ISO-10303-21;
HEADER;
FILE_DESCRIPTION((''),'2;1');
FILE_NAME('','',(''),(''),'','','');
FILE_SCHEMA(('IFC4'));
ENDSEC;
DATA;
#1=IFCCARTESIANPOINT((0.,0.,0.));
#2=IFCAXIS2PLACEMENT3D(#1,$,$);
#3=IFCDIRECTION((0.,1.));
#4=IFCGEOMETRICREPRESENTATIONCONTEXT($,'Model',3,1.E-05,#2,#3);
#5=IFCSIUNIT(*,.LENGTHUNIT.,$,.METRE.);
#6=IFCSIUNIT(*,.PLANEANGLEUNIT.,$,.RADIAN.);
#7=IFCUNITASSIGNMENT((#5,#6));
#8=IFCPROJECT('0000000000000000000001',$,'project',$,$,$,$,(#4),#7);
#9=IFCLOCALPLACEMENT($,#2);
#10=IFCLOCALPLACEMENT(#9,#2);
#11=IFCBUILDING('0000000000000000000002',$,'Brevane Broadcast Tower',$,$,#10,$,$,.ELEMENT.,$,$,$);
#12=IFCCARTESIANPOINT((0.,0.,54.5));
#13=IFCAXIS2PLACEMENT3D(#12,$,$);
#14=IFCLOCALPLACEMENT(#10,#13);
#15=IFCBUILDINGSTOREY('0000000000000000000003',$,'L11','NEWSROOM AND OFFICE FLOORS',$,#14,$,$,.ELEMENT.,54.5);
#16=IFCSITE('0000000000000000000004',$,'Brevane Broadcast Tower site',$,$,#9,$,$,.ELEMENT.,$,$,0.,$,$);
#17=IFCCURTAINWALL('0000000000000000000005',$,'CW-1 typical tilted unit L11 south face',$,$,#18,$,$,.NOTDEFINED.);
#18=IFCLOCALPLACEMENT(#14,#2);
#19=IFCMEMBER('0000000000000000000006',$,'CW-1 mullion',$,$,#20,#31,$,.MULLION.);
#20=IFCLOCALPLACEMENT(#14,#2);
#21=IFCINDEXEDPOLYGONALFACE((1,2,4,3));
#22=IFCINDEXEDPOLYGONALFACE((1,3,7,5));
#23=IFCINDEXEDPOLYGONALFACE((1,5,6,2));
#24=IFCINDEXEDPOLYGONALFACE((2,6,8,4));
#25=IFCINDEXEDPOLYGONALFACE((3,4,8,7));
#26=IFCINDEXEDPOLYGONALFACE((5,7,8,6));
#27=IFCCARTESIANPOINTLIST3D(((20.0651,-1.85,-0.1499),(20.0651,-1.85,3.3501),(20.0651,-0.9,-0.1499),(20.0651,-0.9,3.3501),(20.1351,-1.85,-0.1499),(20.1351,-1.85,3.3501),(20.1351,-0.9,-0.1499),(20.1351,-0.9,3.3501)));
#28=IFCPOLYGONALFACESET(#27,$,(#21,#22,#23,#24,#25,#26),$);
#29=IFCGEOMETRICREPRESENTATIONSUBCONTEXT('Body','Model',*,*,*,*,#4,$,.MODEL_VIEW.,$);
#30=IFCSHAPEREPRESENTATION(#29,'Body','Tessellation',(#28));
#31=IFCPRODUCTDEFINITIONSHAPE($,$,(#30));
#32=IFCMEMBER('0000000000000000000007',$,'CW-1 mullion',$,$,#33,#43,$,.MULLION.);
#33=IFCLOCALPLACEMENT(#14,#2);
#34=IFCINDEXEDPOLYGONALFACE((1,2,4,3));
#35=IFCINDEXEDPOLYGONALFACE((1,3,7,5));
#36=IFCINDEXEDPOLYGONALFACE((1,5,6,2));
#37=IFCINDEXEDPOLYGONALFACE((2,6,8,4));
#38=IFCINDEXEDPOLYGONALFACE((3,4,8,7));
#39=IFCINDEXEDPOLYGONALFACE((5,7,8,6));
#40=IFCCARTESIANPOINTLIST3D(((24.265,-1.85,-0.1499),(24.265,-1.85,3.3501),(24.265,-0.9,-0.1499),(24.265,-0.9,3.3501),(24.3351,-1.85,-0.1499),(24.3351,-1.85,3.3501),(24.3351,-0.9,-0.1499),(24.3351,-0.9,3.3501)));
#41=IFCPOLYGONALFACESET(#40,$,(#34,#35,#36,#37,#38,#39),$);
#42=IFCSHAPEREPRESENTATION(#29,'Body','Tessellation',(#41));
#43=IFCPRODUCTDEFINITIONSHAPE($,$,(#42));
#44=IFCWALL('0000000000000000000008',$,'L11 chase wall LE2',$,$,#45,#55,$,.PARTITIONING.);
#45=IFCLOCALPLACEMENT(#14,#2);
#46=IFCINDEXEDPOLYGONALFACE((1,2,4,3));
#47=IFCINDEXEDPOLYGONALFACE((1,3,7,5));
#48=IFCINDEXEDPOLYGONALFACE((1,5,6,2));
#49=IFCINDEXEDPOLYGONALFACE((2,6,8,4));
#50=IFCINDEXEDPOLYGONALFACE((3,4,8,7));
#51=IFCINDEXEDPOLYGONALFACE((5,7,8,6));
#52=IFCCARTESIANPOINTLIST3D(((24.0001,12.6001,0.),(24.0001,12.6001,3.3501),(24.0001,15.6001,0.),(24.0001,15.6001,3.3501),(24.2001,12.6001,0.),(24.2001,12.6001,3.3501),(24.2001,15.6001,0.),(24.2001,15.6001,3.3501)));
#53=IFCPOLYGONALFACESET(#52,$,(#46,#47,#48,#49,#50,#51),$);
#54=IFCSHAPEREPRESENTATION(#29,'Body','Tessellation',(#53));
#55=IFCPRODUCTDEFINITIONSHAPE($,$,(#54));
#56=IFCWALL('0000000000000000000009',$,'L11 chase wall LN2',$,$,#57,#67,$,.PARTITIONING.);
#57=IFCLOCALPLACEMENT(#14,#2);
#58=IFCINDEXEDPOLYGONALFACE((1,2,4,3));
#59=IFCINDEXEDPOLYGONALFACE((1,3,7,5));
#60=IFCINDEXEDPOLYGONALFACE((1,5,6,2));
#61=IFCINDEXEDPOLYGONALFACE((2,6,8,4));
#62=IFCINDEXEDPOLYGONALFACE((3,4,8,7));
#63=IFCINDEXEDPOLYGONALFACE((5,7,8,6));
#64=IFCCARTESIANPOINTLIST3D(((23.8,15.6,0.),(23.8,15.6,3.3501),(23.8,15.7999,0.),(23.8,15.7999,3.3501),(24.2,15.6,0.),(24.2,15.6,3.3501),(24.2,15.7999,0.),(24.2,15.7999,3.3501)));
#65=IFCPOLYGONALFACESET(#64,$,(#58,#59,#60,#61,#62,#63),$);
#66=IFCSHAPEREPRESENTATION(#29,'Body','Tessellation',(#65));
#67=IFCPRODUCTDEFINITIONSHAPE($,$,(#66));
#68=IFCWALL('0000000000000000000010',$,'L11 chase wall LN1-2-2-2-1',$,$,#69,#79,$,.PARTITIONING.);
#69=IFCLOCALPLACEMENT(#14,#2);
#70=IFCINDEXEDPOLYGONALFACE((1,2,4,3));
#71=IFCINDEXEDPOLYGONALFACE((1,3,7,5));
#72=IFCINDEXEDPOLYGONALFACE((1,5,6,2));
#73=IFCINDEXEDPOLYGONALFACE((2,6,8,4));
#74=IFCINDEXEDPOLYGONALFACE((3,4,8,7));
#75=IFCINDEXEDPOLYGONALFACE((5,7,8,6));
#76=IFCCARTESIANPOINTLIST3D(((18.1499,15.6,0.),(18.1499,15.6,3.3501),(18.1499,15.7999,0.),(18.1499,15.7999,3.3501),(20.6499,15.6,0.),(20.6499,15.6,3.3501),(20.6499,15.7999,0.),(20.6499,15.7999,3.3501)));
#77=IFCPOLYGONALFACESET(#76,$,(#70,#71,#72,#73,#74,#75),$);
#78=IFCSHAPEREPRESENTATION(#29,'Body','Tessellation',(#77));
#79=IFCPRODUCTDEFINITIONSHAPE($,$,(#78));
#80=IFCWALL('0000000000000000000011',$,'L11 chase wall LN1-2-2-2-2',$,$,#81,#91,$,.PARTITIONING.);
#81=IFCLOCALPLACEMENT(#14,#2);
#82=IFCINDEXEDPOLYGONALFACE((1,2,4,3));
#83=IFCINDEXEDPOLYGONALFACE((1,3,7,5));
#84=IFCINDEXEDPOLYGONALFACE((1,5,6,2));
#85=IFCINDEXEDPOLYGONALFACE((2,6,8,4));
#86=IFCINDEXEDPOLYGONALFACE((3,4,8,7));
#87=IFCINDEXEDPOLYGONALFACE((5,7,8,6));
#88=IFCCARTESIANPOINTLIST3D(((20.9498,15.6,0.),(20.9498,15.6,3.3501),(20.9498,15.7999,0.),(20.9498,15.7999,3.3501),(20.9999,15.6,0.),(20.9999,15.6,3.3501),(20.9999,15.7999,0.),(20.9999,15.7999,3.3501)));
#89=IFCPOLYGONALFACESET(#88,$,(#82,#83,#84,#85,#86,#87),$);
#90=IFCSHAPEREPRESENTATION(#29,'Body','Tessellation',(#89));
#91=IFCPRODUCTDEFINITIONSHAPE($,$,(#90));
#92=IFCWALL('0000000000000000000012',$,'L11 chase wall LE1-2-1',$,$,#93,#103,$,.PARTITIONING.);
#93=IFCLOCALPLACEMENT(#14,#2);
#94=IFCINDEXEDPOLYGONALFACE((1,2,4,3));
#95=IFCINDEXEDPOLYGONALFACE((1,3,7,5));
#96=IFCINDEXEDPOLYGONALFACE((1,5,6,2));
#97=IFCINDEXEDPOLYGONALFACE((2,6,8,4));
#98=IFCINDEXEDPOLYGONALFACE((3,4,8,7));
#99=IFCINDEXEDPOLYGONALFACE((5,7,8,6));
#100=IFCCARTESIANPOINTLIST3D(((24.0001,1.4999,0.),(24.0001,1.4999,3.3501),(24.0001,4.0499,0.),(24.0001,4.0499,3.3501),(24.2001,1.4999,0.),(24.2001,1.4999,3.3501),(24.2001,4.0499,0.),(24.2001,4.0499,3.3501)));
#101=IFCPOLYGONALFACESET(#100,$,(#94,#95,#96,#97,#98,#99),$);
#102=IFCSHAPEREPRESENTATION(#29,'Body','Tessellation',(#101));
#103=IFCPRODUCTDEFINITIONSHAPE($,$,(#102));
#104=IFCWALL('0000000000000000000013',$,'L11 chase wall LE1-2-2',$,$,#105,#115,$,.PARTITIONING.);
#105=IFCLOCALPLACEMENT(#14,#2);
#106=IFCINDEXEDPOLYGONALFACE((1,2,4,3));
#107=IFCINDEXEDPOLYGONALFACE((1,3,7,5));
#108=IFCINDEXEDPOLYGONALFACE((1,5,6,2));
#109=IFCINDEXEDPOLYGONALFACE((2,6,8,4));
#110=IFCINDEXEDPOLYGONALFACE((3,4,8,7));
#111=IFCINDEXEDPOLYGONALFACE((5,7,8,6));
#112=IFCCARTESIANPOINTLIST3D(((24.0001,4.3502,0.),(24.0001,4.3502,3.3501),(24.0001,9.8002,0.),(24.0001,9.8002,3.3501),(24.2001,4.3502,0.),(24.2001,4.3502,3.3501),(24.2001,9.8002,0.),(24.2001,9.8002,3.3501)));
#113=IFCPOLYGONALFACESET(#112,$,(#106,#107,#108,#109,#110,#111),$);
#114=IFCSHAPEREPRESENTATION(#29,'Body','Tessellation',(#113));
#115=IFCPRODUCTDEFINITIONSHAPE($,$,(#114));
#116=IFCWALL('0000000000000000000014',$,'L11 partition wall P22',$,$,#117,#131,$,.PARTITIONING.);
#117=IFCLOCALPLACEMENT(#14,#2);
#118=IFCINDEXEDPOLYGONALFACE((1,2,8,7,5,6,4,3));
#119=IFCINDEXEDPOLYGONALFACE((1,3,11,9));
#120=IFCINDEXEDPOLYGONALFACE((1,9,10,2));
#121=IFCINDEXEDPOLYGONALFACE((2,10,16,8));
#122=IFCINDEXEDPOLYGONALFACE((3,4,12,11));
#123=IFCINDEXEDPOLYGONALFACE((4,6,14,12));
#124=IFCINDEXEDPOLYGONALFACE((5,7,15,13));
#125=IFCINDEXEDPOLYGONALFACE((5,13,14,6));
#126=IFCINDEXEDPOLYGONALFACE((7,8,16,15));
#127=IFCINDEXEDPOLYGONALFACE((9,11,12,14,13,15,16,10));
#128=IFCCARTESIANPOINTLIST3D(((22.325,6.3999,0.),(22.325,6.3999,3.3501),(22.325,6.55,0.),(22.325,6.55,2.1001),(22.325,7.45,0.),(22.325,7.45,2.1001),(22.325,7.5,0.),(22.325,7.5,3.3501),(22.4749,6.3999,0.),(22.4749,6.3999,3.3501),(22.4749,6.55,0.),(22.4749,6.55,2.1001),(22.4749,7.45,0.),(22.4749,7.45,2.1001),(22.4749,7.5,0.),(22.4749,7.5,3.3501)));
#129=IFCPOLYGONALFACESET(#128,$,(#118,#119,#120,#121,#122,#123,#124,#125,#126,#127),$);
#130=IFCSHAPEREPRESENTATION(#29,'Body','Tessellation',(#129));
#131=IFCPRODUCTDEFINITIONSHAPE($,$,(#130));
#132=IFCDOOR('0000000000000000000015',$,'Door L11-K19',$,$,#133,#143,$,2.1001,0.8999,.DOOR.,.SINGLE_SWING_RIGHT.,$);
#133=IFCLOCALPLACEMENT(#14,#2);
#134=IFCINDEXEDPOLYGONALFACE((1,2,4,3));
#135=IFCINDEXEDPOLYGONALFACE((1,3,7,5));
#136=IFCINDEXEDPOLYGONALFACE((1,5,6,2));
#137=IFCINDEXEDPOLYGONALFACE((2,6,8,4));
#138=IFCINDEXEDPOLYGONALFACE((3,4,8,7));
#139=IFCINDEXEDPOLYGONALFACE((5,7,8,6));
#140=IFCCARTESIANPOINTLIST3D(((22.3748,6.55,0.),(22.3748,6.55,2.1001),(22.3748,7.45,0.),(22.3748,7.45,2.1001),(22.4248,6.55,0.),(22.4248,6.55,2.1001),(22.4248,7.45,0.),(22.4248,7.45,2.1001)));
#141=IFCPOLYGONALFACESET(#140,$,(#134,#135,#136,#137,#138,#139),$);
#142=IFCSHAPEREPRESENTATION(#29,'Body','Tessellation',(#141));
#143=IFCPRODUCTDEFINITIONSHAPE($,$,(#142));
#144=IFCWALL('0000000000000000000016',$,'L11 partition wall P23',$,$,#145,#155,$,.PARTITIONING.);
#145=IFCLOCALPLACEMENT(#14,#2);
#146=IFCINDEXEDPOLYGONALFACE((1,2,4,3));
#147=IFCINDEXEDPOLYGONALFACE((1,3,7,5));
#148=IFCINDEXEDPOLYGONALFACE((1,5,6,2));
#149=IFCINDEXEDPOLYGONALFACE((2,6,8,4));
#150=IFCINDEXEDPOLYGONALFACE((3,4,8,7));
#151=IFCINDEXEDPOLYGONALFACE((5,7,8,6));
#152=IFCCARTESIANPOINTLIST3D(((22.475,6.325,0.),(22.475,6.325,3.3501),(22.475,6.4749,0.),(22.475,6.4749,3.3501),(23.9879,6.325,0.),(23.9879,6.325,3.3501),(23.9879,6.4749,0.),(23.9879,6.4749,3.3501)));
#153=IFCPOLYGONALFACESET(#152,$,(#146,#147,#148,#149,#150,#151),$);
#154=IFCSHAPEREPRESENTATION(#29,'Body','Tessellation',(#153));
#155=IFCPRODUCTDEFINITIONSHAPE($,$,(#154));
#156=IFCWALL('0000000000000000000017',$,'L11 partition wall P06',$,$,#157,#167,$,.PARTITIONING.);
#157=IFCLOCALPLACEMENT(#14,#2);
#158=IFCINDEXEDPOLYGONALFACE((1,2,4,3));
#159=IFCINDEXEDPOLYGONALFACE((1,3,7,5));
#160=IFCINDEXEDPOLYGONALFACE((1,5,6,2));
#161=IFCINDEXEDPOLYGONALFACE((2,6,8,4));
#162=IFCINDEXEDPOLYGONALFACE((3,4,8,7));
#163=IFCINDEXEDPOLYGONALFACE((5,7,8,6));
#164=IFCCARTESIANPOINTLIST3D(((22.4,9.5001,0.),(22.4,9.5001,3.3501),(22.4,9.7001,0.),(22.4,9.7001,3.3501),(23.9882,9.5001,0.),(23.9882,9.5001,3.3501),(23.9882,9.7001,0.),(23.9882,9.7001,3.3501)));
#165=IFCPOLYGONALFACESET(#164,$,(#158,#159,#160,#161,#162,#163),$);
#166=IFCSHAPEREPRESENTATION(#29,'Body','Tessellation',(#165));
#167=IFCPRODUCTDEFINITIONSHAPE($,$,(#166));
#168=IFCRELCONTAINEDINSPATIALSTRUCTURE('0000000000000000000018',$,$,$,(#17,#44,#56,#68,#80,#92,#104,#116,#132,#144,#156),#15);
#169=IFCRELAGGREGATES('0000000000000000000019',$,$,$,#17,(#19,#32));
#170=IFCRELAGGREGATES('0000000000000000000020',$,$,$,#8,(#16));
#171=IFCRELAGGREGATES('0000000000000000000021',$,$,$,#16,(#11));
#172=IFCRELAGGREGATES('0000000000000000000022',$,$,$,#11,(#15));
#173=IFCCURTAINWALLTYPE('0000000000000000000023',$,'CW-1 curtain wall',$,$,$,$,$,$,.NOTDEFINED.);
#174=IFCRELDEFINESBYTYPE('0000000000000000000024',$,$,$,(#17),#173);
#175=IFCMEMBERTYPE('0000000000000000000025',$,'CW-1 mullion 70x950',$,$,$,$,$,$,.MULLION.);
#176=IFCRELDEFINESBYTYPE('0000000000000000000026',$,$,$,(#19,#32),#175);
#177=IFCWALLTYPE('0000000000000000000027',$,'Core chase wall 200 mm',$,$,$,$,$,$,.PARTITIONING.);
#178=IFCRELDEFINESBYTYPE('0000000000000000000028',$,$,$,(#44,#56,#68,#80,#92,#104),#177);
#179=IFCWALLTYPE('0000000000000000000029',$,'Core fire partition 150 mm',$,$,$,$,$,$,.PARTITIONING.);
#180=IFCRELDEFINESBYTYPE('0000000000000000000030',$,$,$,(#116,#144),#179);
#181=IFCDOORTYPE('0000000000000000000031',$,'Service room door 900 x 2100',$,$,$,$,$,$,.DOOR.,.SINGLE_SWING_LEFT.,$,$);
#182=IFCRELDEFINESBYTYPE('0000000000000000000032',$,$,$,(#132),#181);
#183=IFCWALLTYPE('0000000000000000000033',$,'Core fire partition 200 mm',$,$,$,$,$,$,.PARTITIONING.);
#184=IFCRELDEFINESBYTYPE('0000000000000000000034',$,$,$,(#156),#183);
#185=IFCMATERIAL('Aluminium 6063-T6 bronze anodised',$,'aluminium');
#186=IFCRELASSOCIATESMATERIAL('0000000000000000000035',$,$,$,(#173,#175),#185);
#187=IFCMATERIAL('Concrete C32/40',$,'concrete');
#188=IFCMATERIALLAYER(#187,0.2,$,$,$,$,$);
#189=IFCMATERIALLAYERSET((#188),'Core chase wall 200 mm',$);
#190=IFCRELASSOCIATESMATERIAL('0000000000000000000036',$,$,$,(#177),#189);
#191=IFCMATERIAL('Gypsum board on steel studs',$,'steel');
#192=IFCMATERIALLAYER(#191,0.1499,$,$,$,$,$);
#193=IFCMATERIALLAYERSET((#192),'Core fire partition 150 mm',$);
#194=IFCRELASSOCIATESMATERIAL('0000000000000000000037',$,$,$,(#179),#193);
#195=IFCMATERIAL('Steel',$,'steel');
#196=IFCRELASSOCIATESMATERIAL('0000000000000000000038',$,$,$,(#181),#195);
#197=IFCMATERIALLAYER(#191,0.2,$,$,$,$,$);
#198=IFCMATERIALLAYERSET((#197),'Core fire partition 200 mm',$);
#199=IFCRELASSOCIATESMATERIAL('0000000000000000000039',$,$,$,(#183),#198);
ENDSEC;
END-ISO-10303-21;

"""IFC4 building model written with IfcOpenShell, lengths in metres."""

from ifc_helpers import new_model, si_unit, direction, frame, frame_2d, origin, origin_2d, place, context, subcontext, project, spatial, rectangle, extrude, material, layer, layer_set, material_profile, profile_set, type_object, element, fill, aggregate, save


model = new_model("IFC4")

# Units and contexts
model_context = context("Model", 3, precision=1e-05, world=origin(), true_north=direction((0.0, 1.0)))
body_context = subcontext(model_context, "Body", "Model", "MODEL_VIEW")
ifc_project = project(units=[si_unit("LENGTHUNIT", "METRE"), si_unit("PLANEANGLEUNIT", "RADIAN")], contexts=[model_context])

# Site, building, storey
site_placement = place(None, origin())
site = spatial("IfcSite", under=ifc_project, at=site_placement, Name="Brevane Broadcast Tower site", CompositionType="ELEMENT", RefElevation=0.0)
building_placement = place(site_placement, origin())
building = spatial("IfcBuilding", under=site, at=building_placement, Name="Brevane Broadcast Tower", CompositionType="ELEMENT")
storey_placement = place(building_placement, frame((0.0, 0.0, 54.5)))
storey = spatial("IfcBuildingStorey", under=building, at=storey_placement, Name="L11", Description="NEWSROOM AND OFFICE FLOORS", CompositionType="ELEMENT", Elevation=54.5)

# Curtain wall, members
ifc_material_1 = material(Name="Aluminium 6063-T6 bronze anodised", Category="aluminium")
curtain_wall_type = type_object("IfcCurtainWallType", Name="CW-1 curtain wall", PredefinedType="NOTDEFINED", material=ifc_material_1)
curtain_wall_placement = place(storey_placement, origin())
curtain_wall = element("IfcCurtainWall", 1, at=curtain_wall_placement, inside=storey, type_object=curtain_wall_type, Name="CW-1 typical tilted unit L11 south face", PredefinedType="NOTDEFINED")
ifc_material_profile = material_profile(ifc_material_1, rectangle(XDim=0.95, YDim=0.0701, at=origin_2d()), Name="RECT 70x950")
ifc_profile_set = profile_set([ifc_material_profile], Name="Aluminium 6063-T6 bronze anodised")
member_type = type_object("IfcMemberType", Name="CW-1 mullion 70x950", PredefinedType="MULLION", material=ifc_profile_set)
member_1_placement = place(storey_placement, frame((20.1001, -1.375, -0.1499), z_axis=(0.0, 0.0, 1.0), x_axis=(0.0, 1.0, 0.0)))
member_1 = element("IfcMember", 2, at=member_1_placement, type_object=member_type, Name="CW-1 mullion", PredefinedType="MULLION", context=body_context, shape_type="SweptSolid", body=[
    extrude(rectangle(XDim=0.95, YDim=0.0701, at=origin_2d()), origin(), (0.0, 0.0, 1.0), 3.5),
])
member_2_placement = place(storey_placement, frame((24.3, -1.375, -0.1499), z_axis=(0.0, 0.0, 1.0), x_axis=(0.0, 1.0, 0.0)))
member_2 = element("IfcMember", 3, at=member_2_placement, type_object=member_type, Name="CW-1 mullion", PredefinedType="MULLION", context=body_context, shape_type="SweptSolid", body=[
    extrude(rectangle(XDim=0.95, YDim=0.0701, at=origin_2d()), origin(), (0.0, 0.0, 1.0), 3.5),
])
aggregate(curtain_wall, [member_1, member_2])

# Walls
ifc_material_2 = material(Name="Concrete C32/40", Category="concrete")
ifc_layer_1 = layer(ifc_material_2, 0.2)
ifc_layer_set_1 = layer_set([ifc_layer_1], Name="Core chase wall 200 mm")
wall_type_1 = type_object("IfcWallType", Name="Core chase wall 200 mm", PredefinedType="PARTITIONING", material=ifc_layer_set_1)
wall_1_placement = place(storey_placement, frame((24.1001, 12.6001, 0.0), z_axis=(0.0, 0.0, 1.0), x_axis=(0.0, 1.0, 0.0)))
element("IfcWall", 4, at=wall_1_placement, inside=storey, type_object=wall_type_1, Name="L11 chase wall LE2", PredefinedType="PARTITIONING", context=body_context, shape_type="SweptSolid", body=[
    extrude(rectangle(XDim=3.0, YDim=0.2, at=frame_2d((1.5, 0.0))), origin(), (0.0, 0.0, 1.0), 3.3501),
])
wall_2_placement = place(storey_placement, frame((23.8, 15.7, 0.0), z_axis=(0.0, 0.0, 1.0), x_axis=(1.0, 0.0, 0.0)))
element("IfcWall", 5, at=wall_2_placement, inside=storey, type_object=wall_type_1, Name="L11 chase wall LN2", PredefinedType="PARTITIONING", context=body_context, shape_type="SweptSolid", body=[
    extrude(rectangle(XDim=0.3999, YDim=0.2, at=frame_2d((0.2, 0.0))), origin(), (0.0, 0.0, 1.0), 3.3501),
])
wall_3_placement = place(storey_placement, frame((18.1499, 15.7, 0.0), z_axis=(0.0, 0.0, 1.0), x_axis=(1.0, 0.0, 0.0)))
element("IfcWall", 6, at=wall_3_placement, inside=storey, type_object=wall_type_1, Name="L11 chase wall LN1-2-2-2-1", PredefinedType="PARTITIONING", context=body_context, shape_type="SweptSolid", body=[
    extrude(rectangle(XDim=2.5, YDim=0.2, at=frame_2d((1.25, 0.0))), origin(), (0.0, 0.0, 1.0), 3.3501),
])
wall_4_placement = place(storey_placement, frame((20.95, 15.7, 0.0), z_axis=(0.0, 0.0, 1.0), x_axis=(1.0, 0.0, 0.0)))
element("IfcWall", 7, at=wall_4_placement, inside=storey, type_object=wall_type_1, Name="L11 chase wall LN1-2-2-2-2", PredefinedType="PARTITIONING", context=body_context, shape_type="SweptSolid", body=[
    extrude(rectangle(XDim=0.05, YDim=0.2, at=frame_2d((0.0249, 0.0))), origin(), (0.0, 0.0, 1.0), 3.3501),
])
wall_5_placement = place(storey_placement, frame((24.1001, 1.5, 0.0), z_axis=(0.0, 0.0, 1.0), x_axis=(0.0, 1.0, 0.0)))
element("IfcWall", 8, at=wall_5_placement, inside=storey, type_object=wall_type_1, Name="L11 chase wall LE1-2-1", PredefinedType="PARTITIONING", context=body_context, shape_type="SweptSolid", body=[
    extrude(rectangle(XDim=2.55, YDim=0.2, at=frame_2d((1.2749, 0.0))), origin(), (0.0, 0.0, 1.0), 3.3501),
])
wall_6_placement = place(storey_placement, frame((24.1001, 4.3501, 0.0), z_axis=(0.0, 0.0, 1.0), x_axis=(0.0, 1.0, 0.0)))
element("IfcWall", 9, at=wall_6_placement, inside=storey, type_object=wall_type_1, Name="L11 chase wall LE1-2-2", PredefinedType="PARTITIONING", context=body_context, shape_type="SweptSolid", body=[
    extrude(rectangle(XDim=5.45, YDim=0.2, at=frame_2d((2.7251, 0.0))), origin(), (0.0, 0.0, 1.0), 3.3501),
])

# Wall, opening, door
ifc_material_3 = material(Name="Gypsum board on steel studs", Category="steel")
ifc_layer_2 = layer(ifc_material_3, 0.1499)
ifc_layer_set_2 = layer_set([ifc_layer_2], Name="Core fire partition 150 mm")
wall_type_2 = type_object("IfcWallType", Name="Core fire partition 150 mm", PredefinedType="PARTITIONING", material=ifc_layer_set_2)
wall_7_placement = place(storey_placement, frame((22.3999, 7.5, 0.0), z_axis=(0.0, 0.0, 1.0), x_axis=(0.0, -1.0, 0.0)))
wall_7 = element("IfcWall", 10, at=wall_7_placement, inside=storey, type_object=wall_type_2, Name="L11 partition wall P22", PredefinedType="PARTITIONING", context=body_context, shape_type="SweptSolid", body=[
    extrude(rectangle(XDim=1.1001, YDim=0.1499, at=frame_2d((0.55, 0.0))), origin(), (0.0, 0.0, 1.0), 3.3501),
])
opening_1_placement = place(wall_7_placement, frame((0.05, 0.0, 0.0)))
opening_1 = element("IfcOpeningElement", 11, at=opening_1_placement, cuts=wall_7, PredefinedType="OPENING", context=body_context, shape_type="SweptSolid", body=[
    extrude(rectangle(XDim=0.8999, YDim=2.1001, at=frame_2d((0.45, 1.05))), frame((0.0, 0.085, 0.0), z_axis=(0.0, -1.0, 0.0), x_axis=(1.0, 0.0, 0.0)), (0.0, 0.0, 1.0), 0.1699),
])
ifc_material_4 = material(Name="Steel", Category="steel")
door_type = type_object("IfcDoorType", Name="Service room door 900 x 2100", OperationType="SINGLE_SWING_LEFT", PredefinedType="DOOR", material=ifc_material_4)
door_1_placement = place(opening_1_placement, origin())
door_1 = element("IfcDoor", 12, at=door_1_placement, inside=storey, type_object=door_type, Name="Door L11-K19", OperationType="SINGLE_SWING_RIGHT", OverallHeight=2.1001, OverallWidth=0.8999, PredefinedType="DOOR", context=body_context, shape_type="SweptSolid", body=[
    extrude(rectangle(XDim=0.8999, YDim=2.1001, at=frame_2d((0.45, 1.05))), frame((0.0, 0.0249, 0.0), z_axis=(0.0, -1.0, 0.0), x_axis=(1.0, 0.0, 0.0)), (0.0, 0.0, 1.0), 0.05),
])
fill(opening_1, door_1)

# Walls
wall_8_placement = place(storey_placement, frame((22.4751, 6.3999, 0.0), z_axis=(0.0, 0.0, 1.0), x_axis=(1.0, 0.0, 0.0)))
element("IfcWall", 13, at=wall_8_placement, inside=storey, type_object=wall_type_2, Name="L11 partition wall P23", PredefinedType="PARTITIONING", context=body_context, shape_type="SweptSolid", body=[
    extrude(rectangle(XDim=1.5129, YDim=0.1499, at=frame_2d((0.7563, 0.0))), origin(), (0.0, 0.0, 1.0), 3.3501),
])
ifc_layer_3 = layer(ifc_material_3, 0.2)
ifc_layer_set_3 = layer_set([ifc_layer_3], Name="Core fire partition 200 mm")
wall_type_3 = type_object("IfcWallType", Name="Core fire partition 200 mm", PredefinedType="PARTITIONING", material=ifc_layer_set_3)
wall_9_placement = place(storey_placement, frame((23.988, 9.6001, 0.0), z_axis=(0.0, 0.0, 1.0), x_axis=(-1.0, 0.0, 0.0)))
element("IfcWall", 14, at=wall_9_placement, inside=storey, type_object=wall_type_3, Name="L11 partition wall P06", PredefinedType="PARTITIONING", context=body_context, shape_type="SweptSolid", body=[
    extrude(rectangle(XDim=1.5881, YDim=0.2, at=frame_2d((0.7939, 0.0))), origin(), (0.0, 0.0, 1.0), 3.3501),
])

save(model, "model.ifc")
